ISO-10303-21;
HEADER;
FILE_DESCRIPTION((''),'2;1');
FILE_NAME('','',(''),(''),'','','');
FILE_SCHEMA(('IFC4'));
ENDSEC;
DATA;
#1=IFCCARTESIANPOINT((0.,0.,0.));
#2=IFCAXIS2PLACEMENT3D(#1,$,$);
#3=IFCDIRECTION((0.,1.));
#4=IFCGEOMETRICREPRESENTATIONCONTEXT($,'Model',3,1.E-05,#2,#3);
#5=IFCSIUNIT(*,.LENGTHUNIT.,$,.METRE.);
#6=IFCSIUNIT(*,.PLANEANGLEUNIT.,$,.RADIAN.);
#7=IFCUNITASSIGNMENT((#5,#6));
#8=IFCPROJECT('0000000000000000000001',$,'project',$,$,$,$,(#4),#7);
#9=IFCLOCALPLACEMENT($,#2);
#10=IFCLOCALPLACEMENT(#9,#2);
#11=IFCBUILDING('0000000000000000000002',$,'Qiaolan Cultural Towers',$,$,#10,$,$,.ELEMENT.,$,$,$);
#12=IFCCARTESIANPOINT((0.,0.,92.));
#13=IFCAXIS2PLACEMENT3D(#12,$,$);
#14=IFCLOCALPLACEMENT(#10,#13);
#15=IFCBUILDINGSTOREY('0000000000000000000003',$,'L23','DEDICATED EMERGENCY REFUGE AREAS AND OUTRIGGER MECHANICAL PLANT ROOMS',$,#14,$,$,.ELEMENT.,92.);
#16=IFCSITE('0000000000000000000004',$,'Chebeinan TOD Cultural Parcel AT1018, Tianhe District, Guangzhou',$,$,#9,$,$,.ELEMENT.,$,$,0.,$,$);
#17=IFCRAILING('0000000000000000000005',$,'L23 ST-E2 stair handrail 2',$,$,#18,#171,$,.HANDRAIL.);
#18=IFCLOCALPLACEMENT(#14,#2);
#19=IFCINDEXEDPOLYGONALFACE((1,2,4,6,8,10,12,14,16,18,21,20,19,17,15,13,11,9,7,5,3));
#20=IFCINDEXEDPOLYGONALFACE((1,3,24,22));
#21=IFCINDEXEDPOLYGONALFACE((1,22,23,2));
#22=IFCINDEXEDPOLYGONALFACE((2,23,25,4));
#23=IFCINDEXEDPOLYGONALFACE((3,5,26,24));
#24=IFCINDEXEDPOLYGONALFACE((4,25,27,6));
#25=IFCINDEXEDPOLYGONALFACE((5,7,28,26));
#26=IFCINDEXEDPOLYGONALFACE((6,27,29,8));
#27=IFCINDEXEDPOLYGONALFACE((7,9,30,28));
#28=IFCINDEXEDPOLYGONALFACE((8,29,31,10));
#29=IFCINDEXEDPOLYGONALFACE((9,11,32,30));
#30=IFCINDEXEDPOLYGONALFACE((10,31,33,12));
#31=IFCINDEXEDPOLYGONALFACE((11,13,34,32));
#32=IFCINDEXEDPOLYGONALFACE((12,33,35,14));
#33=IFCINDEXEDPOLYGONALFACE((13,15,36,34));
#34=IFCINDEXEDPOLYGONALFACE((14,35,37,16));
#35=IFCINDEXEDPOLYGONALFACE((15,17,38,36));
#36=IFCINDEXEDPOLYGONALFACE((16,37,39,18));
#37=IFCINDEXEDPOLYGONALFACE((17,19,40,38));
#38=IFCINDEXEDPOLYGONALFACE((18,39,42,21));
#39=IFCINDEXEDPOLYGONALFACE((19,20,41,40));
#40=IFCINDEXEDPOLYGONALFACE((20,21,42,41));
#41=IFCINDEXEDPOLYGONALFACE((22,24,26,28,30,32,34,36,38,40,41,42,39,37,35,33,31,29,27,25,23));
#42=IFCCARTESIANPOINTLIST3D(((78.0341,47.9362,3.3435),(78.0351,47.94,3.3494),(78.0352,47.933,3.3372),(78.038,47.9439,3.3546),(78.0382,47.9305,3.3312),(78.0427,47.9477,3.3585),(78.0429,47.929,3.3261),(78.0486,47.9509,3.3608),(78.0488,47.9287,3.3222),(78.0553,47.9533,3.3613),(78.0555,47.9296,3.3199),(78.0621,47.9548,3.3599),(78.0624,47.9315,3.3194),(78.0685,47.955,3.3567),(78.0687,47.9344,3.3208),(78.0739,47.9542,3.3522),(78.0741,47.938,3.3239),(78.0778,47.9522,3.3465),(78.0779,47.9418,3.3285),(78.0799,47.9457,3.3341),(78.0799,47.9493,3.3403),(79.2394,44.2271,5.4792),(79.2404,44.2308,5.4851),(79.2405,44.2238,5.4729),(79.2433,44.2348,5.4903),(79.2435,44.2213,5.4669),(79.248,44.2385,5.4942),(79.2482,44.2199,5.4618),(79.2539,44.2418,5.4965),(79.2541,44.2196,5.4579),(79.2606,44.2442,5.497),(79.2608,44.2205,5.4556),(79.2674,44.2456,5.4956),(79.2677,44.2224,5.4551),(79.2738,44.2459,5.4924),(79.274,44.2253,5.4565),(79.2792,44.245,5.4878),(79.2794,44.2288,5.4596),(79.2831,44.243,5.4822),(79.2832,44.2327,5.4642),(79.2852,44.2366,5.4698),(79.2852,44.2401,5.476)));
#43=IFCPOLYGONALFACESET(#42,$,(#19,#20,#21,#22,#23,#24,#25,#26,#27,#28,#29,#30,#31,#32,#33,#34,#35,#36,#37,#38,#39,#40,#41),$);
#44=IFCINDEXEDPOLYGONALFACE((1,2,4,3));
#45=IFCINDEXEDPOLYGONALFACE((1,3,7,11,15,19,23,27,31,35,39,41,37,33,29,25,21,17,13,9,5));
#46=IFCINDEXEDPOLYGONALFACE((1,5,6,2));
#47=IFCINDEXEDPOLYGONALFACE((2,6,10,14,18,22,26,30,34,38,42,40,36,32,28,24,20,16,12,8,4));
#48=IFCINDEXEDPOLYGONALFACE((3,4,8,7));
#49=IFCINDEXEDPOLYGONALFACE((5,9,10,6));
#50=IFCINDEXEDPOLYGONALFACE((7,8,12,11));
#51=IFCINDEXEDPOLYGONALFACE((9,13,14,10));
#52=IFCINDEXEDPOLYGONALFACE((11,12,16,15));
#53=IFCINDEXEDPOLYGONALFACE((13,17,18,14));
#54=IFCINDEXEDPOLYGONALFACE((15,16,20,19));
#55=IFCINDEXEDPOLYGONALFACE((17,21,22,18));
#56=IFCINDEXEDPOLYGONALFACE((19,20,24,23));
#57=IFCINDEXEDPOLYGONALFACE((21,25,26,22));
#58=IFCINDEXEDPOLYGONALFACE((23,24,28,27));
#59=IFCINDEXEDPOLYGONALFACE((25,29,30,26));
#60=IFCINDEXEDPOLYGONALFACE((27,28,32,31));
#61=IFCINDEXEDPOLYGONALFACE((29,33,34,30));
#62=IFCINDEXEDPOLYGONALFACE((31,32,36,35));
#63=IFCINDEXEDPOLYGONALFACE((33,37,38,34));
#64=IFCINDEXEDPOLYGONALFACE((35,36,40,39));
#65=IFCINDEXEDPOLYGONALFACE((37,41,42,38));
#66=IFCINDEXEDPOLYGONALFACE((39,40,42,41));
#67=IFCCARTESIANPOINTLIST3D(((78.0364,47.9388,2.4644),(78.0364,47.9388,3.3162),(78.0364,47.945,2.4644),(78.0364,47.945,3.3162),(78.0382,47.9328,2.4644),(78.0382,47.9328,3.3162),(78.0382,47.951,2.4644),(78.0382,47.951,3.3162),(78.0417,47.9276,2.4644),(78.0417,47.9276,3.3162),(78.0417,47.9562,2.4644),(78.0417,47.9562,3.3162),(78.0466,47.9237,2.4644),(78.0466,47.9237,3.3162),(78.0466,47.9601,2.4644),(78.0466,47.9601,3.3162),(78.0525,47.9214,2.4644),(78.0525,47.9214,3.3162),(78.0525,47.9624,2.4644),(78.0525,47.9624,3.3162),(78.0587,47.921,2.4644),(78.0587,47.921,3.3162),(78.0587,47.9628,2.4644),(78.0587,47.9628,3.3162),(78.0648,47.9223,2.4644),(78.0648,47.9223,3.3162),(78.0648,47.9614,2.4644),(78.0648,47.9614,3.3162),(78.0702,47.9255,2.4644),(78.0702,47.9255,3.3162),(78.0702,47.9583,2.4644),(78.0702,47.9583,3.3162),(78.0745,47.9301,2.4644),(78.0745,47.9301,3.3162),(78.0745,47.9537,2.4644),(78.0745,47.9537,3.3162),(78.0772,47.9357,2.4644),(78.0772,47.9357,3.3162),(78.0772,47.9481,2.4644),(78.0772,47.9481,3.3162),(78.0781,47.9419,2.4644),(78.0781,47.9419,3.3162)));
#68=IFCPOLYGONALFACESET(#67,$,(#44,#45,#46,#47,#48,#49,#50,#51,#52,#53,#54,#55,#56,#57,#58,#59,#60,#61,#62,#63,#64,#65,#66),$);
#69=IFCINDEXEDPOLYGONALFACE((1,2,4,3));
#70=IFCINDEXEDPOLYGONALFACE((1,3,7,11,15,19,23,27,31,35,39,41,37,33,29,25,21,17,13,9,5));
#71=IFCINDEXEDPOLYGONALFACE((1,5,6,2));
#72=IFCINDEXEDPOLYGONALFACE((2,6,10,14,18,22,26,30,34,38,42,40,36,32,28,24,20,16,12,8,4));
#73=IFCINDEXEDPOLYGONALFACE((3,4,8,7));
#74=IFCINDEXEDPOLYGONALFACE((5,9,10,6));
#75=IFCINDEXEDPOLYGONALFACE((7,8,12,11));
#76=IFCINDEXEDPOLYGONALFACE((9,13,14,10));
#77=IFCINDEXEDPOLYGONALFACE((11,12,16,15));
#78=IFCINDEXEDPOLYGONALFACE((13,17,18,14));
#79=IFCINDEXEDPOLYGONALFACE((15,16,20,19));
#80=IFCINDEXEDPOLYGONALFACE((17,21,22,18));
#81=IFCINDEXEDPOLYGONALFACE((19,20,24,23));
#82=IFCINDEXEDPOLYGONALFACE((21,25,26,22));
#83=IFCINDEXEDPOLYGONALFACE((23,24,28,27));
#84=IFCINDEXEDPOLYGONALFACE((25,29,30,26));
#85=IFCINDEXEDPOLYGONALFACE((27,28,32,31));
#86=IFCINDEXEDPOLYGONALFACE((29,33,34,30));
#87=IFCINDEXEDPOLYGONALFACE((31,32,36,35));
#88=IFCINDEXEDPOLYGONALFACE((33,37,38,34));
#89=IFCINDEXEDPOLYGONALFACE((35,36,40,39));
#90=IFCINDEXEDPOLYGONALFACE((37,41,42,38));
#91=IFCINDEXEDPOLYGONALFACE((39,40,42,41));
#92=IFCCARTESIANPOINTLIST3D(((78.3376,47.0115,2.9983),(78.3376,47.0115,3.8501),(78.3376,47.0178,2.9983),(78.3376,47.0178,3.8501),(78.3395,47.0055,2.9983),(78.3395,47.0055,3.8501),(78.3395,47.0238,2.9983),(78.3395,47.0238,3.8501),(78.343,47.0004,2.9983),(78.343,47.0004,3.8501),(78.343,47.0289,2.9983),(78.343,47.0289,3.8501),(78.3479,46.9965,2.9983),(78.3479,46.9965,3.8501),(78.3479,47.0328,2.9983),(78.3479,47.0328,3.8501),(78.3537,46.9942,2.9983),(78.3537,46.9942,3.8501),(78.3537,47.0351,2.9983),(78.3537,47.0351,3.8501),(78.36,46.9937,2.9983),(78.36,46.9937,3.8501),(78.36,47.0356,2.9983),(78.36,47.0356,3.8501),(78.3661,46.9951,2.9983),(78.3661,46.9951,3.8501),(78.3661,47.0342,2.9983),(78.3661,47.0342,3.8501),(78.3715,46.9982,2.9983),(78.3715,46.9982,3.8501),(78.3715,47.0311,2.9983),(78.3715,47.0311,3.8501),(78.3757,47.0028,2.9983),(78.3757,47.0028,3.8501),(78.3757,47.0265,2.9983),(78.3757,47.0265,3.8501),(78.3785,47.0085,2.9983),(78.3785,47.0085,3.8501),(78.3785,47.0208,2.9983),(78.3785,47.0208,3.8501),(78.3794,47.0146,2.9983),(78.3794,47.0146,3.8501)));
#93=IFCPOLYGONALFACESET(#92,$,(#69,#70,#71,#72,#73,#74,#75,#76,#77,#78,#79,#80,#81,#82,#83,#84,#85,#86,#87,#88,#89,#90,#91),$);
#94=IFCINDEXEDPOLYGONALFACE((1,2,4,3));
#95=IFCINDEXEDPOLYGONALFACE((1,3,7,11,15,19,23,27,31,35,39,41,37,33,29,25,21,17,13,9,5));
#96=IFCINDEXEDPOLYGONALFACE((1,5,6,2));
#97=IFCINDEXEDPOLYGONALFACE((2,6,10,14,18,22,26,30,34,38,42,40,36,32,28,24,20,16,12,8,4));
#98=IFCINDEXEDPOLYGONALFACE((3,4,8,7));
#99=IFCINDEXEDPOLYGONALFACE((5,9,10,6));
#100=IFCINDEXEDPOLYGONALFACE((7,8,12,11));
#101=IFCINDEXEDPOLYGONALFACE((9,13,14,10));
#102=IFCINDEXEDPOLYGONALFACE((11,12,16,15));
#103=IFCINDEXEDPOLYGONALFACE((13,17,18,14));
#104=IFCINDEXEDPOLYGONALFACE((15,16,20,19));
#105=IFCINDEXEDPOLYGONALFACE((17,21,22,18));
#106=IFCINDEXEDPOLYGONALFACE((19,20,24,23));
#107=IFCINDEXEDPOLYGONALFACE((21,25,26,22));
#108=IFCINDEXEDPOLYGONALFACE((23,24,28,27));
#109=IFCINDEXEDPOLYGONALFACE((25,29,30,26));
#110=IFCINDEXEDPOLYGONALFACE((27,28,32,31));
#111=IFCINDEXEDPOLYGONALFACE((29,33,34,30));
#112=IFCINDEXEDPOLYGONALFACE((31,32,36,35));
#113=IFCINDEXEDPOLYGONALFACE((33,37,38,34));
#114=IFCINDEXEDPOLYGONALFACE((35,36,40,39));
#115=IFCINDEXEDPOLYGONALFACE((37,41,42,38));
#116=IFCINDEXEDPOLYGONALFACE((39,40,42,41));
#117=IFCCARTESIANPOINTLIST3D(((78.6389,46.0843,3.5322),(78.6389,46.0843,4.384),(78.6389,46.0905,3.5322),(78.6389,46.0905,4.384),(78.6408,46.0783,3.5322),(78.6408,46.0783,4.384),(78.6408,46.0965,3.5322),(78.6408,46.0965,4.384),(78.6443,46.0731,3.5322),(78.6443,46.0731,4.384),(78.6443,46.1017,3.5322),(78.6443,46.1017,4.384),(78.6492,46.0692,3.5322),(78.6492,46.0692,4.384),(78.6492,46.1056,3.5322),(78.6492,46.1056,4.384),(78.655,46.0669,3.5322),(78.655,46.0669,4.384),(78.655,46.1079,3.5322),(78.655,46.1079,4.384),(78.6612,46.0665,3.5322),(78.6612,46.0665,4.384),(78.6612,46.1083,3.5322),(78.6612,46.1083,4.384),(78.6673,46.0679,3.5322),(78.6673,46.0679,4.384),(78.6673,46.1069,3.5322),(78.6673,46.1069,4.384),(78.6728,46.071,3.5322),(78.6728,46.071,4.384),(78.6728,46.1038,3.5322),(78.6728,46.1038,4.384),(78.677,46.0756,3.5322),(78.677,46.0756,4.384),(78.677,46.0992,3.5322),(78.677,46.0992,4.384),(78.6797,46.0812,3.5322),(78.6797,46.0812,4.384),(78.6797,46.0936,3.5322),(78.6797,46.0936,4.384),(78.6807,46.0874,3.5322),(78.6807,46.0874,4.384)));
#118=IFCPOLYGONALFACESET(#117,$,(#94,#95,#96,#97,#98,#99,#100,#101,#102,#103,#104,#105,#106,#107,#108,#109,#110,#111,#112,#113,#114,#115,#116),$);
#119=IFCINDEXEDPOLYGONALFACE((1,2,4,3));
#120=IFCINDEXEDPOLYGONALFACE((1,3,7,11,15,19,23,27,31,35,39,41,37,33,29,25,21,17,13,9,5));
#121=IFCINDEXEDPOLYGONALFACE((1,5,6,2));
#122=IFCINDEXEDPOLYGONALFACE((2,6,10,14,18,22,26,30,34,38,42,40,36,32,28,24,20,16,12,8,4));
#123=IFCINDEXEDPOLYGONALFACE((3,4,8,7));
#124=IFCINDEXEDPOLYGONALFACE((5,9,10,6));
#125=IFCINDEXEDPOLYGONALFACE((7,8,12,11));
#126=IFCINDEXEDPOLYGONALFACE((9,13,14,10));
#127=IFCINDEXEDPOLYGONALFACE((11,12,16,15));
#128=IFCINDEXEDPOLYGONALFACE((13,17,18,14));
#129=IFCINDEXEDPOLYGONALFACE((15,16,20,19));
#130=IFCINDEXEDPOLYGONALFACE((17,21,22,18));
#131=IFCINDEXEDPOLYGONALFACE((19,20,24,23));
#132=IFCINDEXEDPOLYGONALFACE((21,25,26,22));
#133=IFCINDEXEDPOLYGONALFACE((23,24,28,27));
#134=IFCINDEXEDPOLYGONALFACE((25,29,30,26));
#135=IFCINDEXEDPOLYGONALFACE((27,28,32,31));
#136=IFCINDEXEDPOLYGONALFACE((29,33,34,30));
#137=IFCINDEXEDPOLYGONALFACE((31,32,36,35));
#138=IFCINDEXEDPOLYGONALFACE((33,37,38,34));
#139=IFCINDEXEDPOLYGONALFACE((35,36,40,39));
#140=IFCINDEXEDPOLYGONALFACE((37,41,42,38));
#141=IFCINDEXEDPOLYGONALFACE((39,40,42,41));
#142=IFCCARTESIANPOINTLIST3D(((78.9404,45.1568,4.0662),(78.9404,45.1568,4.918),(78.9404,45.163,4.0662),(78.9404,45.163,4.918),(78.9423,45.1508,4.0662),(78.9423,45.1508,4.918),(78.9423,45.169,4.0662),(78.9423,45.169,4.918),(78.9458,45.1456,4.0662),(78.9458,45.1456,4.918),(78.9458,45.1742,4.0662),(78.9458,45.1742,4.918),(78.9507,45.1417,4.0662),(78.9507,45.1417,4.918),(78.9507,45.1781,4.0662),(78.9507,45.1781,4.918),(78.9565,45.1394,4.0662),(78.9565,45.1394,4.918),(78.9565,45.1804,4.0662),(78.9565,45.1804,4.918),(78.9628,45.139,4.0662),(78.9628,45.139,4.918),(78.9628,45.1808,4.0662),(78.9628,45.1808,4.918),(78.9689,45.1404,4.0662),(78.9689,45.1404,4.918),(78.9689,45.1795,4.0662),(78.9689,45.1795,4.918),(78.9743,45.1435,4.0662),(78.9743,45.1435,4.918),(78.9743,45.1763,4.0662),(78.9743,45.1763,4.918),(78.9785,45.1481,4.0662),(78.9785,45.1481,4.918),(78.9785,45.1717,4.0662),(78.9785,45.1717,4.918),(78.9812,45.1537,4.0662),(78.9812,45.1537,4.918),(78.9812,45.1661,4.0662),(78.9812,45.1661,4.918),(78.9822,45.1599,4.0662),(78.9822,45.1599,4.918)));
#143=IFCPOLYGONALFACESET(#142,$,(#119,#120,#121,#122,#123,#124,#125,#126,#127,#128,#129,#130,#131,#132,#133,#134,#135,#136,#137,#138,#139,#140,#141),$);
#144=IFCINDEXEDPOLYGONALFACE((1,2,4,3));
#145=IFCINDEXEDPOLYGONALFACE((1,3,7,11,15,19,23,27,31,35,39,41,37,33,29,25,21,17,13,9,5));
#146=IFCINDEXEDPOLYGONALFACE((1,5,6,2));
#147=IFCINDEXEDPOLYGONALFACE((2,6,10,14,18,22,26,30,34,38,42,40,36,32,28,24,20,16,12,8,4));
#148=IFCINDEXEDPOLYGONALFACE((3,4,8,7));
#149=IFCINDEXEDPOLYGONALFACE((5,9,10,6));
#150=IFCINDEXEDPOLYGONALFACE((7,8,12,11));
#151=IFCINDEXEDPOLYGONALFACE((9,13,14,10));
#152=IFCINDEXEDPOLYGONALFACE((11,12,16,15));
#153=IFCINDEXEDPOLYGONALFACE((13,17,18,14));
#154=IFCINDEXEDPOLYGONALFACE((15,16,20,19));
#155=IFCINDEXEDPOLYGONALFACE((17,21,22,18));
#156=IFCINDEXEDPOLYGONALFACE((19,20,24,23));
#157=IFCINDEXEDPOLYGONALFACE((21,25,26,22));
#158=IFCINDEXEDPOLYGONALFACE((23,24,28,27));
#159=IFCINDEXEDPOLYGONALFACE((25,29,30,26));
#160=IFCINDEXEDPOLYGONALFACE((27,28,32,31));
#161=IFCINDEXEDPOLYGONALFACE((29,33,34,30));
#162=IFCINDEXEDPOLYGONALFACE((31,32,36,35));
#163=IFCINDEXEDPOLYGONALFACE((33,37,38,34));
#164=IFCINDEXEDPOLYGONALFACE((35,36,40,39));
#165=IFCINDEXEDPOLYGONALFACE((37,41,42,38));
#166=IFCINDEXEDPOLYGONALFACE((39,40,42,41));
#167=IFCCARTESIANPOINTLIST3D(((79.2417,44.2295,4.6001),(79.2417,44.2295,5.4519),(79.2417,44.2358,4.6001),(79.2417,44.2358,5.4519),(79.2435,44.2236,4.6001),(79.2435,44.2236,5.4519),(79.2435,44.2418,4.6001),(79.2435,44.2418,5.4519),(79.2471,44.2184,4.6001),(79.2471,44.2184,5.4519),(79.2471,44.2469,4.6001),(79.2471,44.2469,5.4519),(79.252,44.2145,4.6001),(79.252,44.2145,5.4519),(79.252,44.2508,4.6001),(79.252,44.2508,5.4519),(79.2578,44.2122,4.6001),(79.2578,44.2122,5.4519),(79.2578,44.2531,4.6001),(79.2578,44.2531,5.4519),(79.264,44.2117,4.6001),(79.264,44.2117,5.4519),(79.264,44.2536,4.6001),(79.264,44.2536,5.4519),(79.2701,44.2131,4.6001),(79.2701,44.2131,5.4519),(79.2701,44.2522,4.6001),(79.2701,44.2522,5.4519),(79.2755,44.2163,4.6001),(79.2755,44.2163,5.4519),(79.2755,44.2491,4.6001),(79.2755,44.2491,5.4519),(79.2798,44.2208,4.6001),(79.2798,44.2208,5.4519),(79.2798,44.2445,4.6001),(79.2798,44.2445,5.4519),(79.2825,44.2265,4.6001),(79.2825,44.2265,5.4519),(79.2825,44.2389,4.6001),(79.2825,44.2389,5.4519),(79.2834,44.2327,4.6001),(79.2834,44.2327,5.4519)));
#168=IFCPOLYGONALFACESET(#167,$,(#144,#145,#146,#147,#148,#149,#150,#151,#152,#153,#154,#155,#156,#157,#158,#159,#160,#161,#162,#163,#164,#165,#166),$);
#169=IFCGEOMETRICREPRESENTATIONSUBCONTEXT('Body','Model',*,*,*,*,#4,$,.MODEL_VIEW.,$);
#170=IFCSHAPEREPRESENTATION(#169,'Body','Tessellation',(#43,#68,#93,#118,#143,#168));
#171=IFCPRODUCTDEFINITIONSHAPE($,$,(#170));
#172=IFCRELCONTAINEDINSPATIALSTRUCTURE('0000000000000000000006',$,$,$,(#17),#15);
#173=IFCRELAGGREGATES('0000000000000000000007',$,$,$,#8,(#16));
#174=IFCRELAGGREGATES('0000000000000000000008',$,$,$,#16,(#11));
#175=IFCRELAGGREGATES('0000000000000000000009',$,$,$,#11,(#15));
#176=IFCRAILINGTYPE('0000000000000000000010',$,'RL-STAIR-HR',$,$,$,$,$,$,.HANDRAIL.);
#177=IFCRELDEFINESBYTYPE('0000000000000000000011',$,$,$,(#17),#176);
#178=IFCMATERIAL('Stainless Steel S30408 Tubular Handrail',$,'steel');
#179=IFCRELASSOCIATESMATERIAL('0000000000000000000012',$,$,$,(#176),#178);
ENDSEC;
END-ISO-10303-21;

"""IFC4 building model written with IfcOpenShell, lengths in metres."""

from ifc_helpers import new_model, si_unit, direction, frame, origin, origin_2d, place, context, subcontext, project, spatial, circle, extrude, material, type_object, element, save


model = new_model("IFC4")

# Units and contexts
model_context = context("Model", 3, precision=1e-05, world=origin(), true_north=direction((0.0, 1.0)))
body_context = subcontext(model_context, "Body", "Model", "MODEL_VIEW")
ifc_project = project(units=[si_unit("LENGTHUNIT", "METRE"), si_unit("PLANEANGLEUNIT", "RADIAN")], contexts=[model_context])

# Site, building, storey
site_placement = place(None, origin())
site = spatial("IfcSite", under=ifc_project, at=site_placement, Name="Chebeinan TOD Cultural Parcel AT1018, Tianhe District, Guangzhou", CompositionType="ELEMENT", RefElevation=0.0)
building_placement = place(site_placement, origin())
building = spatial("IfcBuilding", under=site, at=building_placement, Name="Qiaolan Cultural Towers", CompositionType="ELEMENT")
storey_placement = place(building_placement, frame((0.0, 0.0, 92.0)))
storey = spatial("IfcBuildingStorey", under=building, at=storey_placement, Name="L23", Description="DEDICATED EMERGENCY REFUGE AREAS AND OUTRIGGER MECHANICAL PLANT ROOMS", CompositionType="ELEMENT", Elevation=92.0)

# Railing
ifc_material_1 = material(Name="Stainless Steel S30408 Tubular Handrail", Category="steel")
railing_type = type_object("IfcRailingType", Name="RL-STAIR-HR", PredefinedType="HANDRAIL", material=ifc_material_1)
railing_placement = place(storey_placement, frame((78.0571, 47.9419, 2.4644)))
element("IfcRailing", 1, at=railing_placement, inside=storey, type_object=railing_type, Name="L23 ST-E2 stair handrail 2", PredefinedType="HANDRAIL", context=body_context, shape_type="SweptSolid", body=[
    extrude(circle(Radius=0.0239, at=origin_2d()), frame((0.0, 0.0, 0.876), z_axis=(0.271064, -0.834165, 0.480305), x_axis=(0.951047, 0.309045, 0.0)), (0.0, 0.0, 1.0), 4.4465),
    extrude(circle(Radius=0.021, at=origin_2d()), origin(), (0.0, 0.0, 1.0), 0.8518),
    extrude(circle(Radius=0.021, at=origin_2d()), frame((0.3013, -0.9272, 0.5339)), (0.0, 0.0, 1.0), 0.8518),
    extrude(circle(Radius=0.021, at=origin_2d()), frame((0.6025, -1.8545, 1.0679)), (0.0, 0.0, 1.0), 0.8518),
    extrude(circle(Radius=0.021, at=origin_2d()), frame((0.9041, -2.782, 1.6018)), (0.0, 0.0, 1.0), 0.8518),
    extrude(circle(Radius=0.021, at=origin_2d()), frame((1.2053, -3.7092, 2.1357)), (0.0, 0.0, 1.0), 0.8518),
])

save(model, "model.ifc")
